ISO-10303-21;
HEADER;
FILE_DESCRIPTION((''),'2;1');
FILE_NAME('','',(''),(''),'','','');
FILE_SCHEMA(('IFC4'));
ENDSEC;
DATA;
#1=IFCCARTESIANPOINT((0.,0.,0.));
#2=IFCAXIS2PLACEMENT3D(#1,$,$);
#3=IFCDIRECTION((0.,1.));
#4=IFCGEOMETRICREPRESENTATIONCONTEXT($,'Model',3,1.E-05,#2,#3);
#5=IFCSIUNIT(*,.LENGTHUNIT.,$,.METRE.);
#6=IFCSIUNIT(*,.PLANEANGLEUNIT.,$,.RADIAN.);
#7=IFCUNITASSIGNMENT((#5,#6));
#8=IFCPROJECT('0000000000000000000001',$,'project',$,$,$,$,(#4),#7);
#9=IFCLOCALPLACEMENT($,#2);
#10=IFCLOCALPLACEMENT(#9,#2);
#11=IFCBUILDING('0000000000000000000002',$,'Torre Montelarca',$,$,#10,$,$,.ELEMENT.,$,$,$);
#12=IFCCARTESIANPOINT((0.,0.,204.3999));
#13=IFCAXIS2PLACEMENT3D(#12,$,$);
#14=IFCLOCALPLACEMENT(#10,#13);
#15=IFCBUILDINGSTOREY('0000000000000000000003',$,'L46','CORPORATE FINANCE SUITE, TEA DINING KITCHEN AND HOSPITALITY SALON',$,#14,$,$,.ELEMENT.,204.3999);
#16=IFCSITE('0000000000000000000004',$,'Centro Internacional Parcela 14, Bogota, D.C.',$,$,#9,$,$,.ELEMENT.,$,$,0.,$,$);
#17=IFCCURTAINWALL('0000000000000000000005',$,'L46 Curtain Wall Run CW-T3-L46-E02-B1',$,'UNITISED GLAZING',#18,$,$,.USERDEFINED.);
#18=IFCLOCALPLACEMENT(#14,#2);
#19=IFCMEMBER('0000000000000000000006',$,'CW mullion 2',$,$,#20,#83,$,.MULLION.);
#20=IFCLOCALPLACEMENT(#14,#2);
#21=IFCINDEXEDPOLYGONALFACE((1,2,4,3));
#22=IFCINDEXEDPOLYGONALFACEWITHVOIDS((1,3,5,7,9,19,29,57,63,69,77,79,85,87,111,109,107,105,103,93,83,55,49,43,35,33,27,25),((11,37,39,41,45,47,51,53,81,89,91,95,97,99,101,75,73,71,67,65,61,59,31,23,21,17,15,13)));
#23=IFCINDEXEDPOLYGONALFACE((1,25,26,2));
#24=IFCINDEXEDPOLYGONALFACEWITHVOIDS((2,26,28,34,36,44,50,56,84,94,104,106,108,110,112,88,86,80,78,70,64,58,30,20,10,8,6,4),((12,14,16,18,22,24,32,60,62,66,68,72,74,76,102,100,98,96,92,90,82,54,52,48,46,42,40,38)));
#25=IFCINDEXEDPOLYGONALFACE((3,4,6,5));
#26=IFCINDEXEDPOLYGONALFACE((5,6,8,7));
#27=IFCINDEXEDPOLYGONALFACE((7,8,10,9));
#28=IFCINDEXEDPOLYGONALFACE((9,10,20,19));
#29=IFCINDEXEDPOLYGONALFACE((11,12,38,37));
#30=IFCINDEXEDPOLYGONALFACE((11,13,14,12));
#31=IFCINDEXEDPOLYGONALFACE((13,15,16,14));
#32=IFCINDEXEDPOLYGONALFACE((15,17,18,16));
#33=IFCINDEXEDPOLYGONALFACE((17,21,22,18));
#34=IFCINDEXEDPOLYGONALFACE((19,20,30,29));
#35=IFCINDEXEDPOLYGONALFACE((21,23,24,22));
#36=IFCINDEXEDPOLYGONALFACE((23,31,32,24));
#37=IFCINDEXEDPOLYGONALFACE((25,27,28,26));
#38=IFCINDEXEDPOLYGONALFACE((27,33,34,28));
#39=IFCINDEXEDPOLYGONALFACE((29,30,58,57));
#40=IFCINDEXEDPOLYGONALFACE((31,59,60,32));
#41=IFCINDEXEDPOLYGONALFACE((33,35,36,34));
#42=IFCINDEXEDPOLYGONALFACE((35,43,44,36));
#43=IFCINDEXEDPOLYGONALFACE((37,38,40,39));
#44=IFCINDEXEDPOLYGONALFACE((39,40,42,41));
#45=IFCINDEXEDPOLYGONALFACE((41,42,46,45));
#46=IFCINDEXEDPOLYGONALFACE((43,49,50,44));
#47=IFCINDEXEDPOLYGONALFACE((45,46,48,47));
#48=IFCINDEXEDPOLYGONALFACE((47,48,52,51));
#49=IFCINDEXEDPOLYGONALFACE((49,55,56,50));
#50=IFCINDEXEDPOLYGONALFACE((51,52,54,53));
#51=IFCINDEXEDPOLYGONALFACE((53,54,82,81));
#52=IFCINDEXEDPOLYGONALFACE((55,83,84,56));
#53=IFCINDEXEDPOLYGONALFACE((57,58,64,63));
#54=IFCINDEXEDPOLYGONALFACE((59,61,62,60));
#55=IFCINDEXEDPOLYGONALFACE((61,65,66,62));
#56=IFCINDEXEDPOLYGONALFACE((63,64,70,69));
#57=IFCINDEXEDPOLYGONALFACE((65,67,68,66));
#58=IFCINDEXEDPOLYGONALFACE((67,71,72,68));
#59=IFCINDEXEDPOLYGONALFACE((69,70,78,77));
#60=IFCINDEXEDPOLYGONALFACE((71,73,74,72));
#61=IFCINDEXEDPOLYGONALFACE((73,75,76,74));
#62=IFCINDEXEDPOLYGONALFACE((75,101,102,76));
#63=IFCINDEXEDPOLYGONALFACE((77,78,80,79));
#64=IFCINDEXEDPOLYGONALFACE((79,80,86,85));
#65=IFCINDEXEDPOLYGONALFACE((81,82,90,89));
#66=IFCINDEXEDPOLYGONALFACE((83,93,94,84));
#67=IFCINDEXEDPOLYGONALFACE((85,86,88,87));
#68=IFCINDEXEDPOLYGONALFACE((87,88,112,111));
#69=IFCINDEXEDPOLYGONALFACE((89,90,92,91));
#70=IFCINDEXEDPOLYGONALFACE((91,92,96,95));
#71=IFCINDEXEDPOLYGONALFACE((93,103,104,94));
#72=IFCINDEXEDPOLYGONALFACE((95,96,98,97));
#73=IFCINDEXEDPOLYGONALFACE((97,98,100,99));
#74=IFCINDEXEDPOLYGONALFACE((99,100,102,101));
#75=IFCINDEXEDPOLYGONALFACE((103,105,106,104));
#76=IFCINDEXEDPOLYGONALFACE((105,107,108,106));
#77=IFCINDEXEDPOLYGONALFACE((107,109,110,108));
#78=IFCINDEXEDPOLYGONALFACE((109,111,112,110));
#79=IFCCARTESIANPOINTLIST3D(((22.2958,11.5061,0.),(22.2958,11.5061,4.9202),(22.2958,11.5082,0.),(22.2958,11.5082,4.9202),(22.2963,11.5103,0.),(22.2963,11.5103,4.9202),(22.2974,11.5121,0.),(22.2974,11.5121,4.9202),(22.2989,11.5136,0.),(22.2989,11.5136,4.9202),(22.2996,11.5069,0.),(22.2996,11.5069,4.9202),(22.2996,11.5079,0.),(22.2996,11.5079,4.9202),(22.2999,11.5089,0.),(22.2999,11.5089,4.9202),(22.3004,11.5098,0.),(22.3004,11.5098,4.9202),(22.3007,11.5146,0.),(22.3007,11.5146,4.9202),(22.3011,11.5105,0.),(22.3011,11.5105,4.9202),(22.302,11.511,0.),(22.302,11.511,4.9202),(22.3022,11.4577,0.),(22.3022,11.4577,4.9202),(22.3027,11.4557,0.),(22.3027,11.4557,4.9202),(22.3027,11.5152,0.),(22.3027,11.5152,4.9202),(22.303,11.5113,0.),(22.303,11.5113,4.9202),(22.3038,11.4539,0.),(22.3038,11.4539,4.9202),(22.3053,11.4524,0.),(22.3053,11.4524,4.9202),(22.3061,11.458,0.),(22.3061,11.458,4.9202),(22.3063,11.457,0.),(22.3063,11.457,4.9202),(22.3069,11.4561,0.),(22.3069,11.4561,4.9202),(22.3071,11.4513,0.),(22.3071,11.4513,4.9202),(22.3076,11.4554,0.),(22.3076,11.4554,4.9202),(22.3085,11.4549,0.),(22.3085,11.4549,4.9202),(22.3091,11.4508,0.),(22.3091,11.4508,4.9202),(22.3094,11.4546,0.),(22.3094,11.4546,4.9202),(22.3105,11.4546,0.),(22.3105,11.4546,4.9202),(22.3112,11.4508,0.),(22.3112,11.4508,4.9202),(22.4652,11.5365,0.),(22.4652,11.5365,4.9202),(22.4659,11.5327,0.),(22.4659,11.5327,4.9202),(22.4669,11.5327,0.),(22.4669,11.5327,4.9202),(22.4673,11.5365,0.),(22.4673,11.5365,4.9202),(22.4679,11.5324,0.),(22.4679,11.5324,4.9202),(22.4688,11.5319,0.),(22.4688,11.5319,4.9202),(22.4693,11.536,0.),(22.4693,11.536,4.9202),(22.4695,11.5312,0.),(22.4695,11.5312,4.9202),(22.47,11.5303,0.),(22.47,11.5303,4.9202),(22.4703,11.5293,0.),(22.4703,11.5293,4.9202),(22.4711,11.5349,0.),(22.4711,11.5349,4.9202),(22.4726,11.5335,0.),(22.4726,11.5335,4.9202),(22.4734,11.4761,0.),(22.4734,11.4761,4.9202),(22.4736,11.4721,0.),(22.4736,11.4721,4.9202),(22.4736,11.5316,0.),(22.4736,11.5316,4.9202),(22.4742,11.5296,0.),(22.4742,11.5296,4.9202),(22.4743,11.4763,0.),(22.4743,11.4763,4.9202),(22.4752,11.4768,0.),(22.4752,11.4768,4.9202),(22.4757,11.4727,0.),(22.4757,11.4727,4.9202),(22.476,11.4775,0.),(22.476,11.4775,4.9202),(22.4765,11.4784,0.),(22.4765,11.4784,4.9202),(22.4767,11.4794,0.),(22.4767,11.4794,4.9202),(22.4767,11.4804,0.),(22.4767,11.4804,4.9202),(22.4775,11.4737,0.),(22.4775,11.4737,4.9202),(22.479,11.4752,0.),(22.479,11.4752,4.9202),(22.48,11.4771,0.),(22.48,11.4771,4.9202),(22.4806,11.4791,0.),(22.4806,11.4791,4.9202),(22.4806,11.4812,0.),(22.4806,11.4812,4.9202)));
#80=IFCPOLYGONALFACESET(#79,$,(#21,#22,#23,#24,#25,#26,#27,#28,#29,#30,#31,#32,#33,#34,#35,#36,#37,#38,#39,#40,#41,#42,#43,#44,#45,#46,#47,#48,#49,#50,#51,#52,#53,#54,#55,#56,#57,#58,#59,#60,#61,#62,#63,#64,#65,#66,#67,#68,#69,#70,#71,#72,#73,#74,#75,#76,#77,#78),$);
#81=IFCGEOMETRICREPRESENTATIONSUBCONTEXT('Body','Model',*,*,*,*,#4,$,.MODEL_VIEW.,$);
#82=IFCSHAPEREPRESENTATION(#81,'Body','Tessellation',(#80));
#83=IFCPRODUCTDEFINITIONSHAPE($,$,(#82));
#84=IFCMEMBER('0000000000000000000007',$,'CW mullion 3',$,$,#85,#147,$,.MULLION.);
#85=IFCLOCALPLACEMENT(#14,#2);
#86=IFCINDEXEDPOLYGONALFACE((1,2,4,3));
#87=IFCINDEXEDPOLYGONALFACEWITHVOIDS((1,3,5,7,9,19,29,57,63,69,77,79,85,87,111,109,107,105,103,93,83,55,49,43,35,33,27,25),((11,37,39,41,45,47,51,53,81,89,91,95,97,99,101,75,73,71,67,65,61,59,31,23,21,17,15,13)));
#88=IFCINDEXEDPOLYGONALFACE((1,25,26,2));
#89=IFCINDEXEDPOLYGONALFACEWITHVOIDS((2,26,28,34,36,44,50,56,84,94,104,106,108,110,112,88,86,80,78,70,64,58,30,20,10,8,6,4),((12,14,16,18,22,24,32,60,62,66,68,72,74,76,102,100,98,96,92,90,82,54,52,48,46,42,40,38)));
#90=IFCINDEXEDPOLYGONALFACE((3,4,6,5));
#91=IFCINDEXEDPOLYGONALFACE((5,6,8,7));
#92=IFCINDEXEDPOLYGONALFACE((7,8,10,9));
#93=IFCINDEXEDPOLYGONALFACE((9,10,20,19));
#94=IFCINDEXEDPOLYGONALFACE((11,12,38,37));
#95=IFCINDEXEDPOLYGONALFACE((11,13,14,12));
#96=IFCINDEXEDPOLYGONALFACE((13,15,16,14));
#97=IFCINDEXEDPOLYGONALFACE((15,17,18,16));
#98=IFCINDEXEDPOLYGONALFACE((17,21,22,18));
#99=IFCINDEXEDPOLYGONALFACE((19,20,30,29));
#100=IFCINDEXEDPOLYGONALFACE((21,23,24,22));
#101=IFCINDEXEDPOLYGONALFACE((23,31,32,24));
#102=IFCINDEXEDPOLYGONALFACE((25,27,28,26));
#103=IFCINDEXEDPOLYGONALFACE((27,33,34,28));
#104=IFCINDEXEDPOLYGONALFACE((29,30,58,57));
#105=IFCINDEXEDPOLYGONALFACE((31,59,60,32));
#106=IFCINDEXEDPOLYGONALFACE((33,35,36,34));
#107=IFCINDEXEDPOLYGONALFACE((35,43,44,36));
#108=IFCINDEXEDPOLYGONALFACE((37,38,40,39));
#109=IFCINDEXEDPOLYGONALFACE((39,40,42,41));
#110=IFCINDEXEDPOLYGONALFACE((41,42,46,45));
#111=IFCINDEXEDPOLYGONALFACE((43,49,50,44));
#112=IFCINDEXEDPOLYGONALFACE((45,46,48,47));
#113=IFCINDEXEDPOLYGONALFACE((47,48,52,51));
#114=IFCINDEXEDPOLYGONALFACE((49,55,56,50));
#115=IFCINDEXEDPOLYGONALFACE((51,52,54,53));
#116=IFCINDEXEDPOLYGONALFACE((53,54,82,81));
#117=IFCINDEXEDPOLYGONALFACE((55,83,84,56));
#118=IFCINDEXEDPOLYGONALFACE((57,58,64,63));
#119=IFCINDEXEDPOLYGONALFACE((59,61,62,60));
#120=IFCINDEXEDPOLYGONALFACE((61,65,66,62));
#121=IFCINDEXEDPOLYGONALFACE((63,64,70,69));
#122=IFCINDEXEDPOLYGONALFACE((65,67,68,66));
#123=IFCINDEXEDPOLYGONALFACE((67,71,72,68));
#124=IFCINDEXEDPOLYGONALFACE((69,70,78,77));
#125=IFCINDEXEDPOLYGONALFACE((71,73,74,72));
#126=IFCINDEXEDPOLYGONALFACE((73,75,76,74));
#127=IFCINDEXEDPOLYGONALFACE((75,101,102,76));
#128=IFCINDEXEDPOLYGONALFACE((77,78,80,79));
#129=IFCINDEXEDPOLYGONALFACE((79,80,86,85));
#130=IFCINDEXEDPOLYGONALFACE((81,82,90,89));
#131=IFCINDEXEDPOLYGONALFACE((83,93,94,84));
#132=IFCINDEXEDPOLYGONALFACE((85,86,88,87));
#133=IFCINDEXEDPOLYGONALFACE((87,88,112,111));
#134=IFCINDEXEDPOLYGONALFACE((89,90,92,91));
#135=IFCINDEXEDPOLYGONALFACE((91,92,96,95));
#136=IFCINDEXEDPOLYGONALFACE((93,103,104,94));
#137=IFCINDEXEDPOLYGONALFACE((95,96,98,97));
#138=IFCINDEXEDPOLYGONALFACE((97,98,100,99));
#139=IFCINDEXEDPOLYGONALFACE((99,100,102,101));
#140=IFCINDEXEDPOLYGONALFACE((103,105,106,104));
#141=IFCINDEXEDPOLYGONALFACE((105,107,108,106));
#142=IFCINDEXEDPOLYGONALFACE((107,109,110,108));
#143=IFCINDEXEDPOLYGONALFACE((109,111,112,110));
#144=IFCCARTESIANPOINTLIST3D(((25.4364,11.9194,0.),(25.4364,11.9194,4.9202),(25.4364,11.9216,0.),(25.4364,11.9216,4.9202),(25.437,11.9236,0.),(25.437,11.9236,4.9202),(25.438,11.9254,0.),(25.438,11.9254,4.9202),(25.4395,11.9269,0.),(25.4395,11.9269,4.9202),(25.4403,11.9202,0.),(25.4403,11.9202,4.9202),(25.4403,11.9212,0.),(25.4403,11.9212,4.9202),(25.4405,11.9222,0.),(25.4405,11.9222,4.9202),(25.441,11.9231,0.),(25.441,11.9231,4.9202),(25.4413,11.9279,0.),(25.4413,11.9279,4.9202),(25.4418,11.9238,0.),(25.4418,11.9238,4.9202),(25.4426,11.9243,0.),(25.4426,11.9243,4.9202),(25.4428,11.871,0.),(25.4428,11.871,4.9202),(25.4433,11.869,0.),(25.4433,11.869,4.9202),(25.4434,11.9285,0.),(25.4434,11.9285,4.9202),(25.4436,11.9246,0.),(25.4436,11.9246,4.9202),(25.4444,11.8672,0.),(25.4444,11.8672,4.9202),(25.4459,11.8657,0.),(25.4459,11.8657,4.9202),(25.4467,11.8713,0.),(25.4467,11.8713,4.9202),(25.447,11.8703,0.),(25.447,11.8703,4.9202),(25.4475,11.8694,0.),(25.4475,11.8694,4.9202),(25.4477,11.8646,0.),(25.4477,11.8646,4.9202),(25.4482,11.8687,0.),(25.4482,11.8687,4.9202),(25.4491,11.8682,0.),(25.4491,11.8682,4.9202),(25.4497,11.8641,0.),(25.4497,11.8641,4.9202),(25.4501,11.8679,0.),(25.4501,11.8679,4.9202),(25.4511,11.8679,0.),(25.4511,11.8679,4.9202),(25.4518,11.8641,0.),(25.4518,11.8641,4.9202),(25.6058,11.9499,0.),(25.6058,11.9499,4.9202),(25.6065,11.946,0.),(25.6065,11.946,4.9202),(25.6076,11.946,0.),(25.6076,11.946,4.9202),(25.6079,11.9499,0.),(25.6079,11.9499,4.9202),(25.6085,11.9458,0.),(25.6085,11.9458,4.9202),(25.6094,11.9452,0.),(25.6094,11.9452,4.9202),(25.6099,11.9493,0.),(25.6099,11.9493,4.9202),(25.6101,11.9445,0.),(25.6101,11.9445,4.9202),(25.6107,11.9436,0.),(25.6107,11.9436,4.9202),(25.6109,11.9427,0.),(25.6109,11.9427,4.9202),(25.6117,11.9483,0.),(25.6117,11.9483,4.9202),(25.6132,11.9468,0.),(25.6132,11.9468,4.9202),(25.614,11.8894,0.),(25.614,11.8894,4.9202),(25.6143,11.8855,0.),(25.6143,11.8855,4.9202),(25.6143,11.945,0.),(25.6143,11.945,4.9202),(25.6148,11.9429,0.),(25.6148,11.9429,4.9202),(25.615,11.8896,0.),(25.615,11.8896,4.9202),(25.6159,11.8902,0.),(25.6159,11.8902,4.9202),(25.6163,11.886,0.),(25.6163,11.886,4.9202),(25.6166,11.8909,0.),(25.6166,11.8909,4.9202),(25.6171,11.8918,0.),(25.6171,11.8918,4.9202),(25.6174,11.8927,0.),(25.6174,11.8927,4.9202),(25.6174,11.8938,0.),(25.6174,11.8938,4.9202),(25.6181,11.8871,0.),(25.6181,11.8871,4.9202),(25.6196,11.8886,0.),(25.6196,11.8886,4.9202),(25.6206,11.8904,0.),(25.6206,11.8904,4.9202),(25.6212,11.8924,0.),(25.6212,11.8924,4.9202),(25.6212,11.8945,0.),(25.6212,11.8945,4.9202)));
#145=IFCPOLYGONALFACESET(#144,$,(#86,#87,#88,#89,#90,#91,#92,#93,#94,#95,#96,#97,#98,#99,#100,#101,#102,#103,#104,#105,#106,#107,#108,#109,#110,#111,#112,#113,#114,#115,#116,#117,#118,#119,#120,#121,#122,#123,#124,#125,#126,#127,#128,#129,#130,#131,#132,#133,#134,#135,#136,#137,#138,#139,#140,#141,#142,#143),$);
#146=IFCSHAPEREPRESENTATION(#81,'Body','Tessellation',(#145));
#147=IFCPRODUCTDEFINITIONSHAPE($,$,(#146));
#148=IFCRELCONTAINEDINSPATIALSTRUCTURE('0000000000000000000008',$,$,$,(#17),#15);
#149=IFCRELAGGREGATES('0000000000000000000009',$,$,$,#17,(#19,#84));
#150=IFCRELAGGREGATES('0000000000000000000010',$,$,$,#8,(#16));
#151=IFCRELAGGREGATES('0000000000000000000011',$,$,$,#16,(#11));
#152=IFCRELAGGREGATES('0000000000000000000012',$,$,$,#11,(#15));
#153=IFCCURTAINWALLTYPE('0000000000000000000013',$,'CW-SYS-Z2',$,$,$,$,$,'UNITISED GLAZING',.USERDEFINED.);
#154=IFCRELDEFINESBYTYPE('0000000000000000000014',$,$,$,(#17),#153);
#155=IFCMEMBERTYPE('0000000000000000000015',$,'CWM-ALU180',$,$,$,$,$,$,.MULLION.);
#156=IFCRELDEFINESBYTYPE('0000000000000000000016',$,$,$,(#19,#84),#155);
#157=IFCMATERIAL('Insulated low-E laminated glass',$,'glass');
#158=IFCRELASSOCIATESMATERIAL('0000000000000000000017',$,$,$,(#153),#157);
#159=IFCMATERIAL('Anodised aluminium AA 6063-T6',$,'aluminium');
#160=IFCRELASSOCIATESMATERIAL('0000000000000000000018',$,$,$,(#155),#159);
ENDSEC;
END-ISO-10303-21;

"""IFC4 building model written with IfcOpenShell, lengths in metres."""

from ifc_helpers import new_model, si_unit, direction, frame, origin, origin_2d, place, context, subcontext, project, spatial, hollow_rectangle, extrude, source, transform, mapped, material, material_profile, profile_set, type_object, element, aggregate, save


model = new_model("IFC4")

# Units and contexts
model_context = context("Model", 3, precision=1e-05, world=origin(), true_north=direction((0.0, 1.0)))
body_context = subcontext(model_context, "Body", "Model", "MODEL_VIEW")
ifc_project = project(units=[si_unit("LENGTHUNIT", "METRE"), si_unit("PLANEANGLEUNIT", "RADIAN")], contexts=[model_context])

# Site, building, storey
site_placement = place(None, origin())
site = spatial("IfcSite", under=ifc_project, at=site_placement, Name="Centro Internacional Parcela 14, Bogota, D.C.", CompositionType="ELEMENT", RefElevation=0.0)
building_placement = place(site_placement, origin())
building = spatial("IfcBuilding", under=site, at=building_placement, Name="Torre Montelarca", CompositionType="ELEMENT")
storey_placement = place(building_placement, frame((0.0, 0.0, 204.3999)))
storey = spatial("IfcBuildingStorey", under=building, at=storey_placement, Name="L46", Description="CORPORATE FINANCE SUITE, TEA DINING KITCHEN AND HOSPITALITY SALON", CompositionType="ELEMENT", Elevation=204.3999)

# Curtain wall, members
ifc_material_1 = material(Name="Insulated low-E laminated glass", Category="glass")
curtain_wall_type = type_object("IfcCurtainWallType", Name="CW-SYS-Z2", ElementType="UNITISED GLAZING", PredefinedType="USERDEFINED", material=ifc_material_1)
ifc_material_2 = material(Name="Anodised aluminium AA 6063-T6", Category="aluminium")
curtain_wall_1_placement = place(storey_placement, origin())
curtain_wall_1 = element("IfcCurtainWall", 1, at=curtain_wall_1_placement, inside=storey, type_object=curtain_wall_type, Name="L46 Curtain Wall Run CW-T3-L46-E02-B1", ObjectType="UNITISED GLAZING", PredefinedType="USERDEFINED")
ifc_material_profile_1 = material_profile(ifc_material_2, hollow_rectangle(XDim=0.0649, YDim=0.1799, WallThickness=0.0039, InnerFilletRadius=0.0039, OuterFilletRadius=0.0081, at=origin_2d()), Name="ALU65X180X4", Category="aluminium")
ifc_profile_set_1 = profile_set([ifc_material_profile_1], Name="Anodised aluminium AA 6063-T6")
member_type_1 = type_object("IfcMemberType", Name="CWM-ALU180", PredefinedType="MULLION", material=ifc_profile_set_1)
shared_shape_1 = source(origin(), body_context, "Body", "SweptSolid", [
    extrude(hollow_rectangle(XDim=0.0649, YDim=0.1799, WallThickness=0.0039, InnerFilletRadius=0.0039, OuterFilletRadius=0.0081, at=origin_2d()), origin(), (0.0, 0.0, 1.0), 4.9202),
])
member_1_placement = place(storey_placement, frame((22.3882, 11.4937, 0.0), z_axis=(0.0, 0.0, 1.0), x_axis=(-0.130495, 0.991449, 0.0)))
member_1 = element("IfcMember", 2, at=member_1_placement, type_object=member_type_1, Name="CW mullion 2", PredefinedType="MULLION", context=body_context, shape_type="MappedRepresentation", body=[
    mapped(shared_shape_1, transform((0.0, 0.0, 0.0), scale=1.0)),
])
member_2_placement = place(storey_placement, frame((25.5288, 11.907, 0.0), z_axis=(0.0, 0.0, 1.0), x_axis=(-0.130495, 0.991449, 0.0)))
member_2 = element("IfcMember", 3, at=member_2_placement, type_object=member_type_1, Name="CW mullion 3", PredefinedType="MULLION", context=body_context, shape_type="MappedRepresentation", body=[
    mapped(shared_shape_1, transform((0.0, 0.0, 0.0), scale=1.0)),
])

aggregate(curtain_wall_1, [member_1, member_2])

save(model, "model.ifc")
